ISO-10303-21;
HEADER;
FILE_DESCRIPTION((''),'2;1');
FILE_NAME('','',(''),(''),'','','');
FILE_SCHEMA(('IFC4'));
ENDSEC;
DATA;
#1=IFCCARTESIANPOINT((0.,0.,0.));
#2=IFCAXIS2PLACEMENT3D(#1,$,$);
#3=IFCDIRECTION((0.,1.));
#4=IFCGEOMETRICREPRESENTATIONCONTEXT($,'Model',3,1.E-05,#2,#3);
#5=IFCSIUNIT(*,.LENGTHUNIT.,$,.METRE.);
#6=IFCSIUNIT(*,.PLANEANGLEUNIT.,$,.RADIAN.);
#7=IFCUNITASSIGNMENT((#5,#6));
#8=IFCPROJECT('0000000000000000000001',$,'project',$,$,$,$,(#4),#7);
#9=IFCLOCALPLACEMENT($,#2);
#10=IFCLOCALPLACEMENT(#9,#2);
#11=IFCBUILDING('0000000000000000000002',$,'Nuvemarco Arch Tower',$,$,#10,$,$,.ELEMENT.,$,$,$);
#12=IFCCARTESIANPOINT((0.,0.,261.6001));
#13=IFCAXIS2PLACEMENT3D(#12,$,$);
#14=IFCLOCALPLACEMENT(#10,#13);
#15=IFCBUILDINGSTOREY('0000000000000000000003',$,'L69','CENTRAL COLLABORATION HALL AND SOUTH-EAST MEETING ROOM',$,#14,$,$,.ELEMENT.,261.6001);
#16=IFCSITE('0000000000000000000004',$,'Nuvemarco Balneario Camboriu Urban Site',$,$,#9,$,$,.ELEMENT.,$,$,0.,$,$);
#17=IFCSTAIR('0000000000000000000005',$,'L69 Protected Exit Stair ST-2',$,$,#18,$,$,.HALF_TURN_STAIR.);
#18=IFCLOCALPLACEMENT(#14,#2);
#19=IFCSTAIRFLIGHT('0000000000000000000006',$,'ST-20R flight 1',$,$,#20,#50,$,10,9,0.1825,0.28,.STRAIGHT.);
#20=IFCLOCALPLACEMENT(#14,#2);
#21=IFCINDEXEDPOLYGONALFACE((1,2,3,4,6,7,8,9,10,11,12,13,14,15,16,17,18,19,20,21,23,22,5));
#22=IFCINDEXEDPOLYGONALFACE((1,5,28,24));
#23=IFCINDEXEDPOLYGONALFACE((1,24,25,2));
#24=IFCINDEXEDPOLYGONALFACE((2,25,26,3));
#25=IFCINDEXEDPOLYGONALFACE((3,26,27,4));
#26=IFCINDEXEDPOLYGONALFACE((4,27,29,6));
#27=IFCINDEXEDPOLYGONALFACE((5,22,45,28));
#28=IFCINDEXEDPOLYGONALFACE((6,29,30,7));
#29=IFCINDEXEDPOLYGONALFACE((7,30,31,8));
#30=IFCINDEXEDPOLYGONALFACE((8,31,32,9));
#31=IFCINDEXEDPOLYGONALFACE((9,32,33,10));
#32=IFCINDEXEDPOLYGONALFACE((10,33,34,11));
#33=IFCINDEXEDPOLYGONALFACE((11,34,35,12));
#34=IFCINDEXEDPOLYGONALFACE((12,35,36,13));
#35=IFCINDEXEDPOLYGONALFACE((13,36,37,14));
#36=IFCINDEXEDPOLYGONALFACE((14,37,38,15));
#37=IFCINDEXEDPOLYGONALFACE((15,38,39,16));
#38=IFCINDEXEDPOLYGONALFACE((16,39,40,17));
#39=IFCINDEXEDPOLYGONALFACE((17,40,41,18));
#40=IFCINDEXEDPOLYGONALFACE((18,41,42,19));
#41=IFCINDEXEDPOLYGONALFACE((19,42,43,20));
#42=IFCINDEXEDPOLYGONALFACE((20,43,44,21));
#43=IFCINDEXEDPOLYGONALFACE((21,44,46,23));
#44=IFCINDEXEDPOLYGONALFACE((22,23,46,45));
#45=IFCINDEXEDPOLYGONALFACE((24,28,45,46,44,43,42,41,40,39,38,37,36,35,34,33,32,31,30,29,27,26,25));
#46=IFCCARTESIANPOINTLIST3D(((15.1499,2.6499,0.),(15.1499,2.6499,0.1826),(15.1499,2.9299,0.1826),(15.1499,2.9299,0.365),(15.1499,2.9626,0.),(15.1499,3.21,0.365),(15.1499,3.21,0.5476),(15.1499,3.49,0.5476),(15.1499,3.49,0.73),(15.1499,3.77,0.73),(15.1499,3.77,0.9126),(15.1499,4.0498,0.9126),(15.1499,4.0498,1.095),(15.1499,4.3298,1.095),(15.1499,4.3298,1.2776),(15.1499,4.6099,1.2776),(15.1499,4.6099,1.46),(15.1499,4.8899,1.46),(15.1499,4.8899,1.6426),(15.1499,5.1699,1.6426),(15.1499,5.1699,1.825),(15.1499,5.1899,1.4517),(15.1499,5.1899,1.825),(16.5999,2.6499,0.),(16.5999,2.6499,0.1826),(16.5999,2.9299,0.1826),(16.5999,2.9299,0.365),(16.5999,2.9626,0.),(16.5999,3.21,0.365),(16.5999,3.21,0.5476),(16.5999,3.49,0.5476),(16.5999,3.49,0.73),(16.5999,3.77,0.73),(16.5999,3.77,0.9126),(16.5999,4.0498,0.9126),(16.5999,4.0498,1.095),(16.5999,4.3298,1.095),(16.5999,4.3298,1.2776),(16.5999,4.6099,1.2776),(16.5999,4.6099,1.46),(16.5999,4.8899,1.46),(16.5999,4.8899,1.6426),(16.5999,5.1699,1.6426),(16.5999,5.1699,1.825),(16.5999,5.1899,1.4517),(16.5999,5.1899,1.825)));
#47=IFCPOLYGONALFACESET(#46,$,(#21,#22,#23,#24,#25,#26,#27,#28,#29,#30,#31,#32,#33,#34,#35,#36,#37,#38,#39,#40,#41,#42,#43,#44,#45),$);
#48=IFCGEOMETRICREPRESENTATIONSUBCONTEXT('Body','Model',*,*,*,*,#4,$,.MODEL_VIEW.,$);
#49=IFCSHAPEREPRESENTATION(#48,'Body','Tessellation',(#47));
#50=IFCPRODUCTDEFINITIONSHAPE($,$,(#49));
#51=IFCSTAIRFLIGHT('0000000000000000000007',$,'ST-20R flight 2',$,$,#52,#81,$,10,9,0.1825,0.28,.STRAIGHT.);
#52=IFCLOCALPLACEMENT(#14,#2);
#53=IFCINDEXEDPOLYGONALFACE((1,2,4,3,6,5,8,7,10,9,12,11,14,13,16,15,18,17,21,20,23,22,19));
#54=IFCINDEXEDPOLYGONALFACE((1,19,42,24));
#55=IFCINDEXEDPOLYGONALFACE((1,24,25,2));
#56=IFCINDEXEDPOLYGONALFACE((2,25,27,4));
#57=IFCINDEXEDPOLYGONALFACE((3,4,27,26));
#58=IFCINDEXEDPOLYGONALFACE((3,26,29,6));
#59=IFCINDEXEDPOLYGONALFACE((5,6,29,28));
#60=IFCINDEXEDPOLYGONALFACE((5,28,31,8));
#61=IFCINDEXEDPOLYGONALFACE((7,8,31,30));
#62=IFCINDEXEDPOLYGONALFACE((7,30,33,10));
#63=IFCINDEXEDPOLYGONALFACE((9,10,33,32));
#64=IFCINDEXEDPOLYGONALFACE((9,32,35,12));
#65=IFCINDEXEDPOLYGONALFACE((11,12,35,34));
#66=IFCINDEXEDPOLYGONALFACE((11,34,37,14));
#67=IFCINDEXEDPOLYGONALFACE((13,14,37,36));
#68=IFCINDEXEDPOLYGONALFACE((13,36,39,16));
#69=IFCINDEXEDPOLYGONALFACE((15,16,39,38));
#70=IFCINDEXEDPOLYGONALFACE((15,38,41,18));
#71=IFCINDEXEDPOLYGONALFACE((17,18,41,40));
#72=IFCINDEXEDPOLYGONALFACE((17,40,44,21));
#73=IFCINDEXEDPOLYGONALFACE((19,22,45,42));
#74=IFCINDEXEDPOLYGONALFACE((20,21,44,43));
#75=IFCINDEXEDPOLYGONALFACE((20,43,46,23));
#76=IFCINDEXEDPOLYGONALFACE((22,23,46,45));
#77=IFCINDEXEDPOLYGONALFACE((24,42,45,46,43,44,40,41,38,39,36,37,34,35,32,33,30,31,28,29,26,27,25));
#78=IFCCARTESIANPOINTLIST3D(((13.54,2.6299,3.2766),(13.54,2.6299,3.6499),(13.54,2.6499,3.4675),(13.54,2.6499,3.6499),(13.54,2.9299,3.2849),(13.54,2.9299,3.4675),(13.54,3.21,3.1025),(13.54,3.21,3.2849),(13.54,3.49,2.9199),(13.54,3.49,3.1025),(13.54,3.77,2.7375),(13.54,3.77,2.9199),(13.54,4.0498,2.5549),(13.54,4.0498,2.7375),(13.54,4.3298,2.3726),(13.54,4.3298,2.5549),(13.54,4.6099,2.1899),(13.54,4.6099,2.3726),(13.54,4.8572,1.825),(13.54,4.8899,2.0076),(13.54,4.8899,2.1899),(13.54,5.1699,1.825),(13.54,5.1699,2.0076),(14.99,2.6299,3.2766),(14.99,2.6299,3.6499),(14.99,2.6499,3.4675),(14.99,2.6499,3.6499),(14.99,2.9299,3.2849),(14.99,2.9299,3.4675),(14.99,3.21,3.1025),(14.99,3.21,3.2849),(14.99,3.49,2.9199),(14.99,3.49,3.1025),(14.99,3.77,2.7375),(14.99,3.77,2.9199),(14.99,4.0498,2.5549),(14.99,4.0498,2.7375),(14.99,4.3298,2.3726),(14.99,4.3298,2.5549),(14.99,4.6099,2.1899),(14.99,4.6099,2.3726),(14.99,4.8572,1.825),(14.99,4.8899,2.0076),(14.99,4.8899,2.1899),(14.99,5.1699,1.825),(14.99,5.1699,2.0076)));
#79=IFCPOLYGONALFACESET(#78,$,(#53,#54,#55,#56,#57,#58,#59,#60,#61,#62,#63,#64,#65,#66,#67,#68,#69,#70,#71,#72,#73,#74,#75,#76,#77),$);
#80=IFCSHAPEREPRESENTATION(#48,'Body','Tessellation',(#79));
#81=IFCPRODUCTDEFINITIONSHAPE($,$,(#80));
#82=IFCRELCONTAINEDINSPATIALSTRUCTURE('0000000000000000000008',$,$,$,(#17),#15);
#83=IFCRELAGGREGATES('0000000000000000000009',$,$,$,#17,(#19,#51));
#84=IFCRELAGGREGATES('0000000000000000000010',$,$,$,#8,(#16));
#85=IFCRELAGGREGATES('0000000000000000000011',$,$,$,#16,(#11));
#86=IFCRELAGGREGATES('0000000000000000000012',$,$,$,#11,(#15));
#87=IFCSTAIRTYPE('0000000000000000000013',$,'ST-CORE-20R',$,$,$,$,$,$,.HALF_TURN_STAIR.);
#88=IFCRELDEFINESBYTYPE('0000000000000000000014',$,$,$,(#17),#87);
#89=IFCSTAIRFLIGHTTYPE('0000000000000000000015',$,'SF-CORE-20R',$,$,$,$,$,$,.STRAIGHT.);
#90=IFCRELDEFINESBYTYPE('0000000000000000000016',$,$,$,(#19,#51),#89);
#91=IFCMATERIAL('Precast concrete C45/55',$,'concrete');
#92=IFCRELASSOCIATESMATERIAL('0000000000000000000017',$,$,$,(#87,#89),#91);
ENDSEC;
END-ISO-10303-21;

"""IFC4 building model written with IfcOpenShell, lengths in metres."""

from ifc_helpers import new_model, si_unit, direction, frame, origin, place, context, subcontext, project, spatial, polyline, outline, extrude, material, type_object, element, aggregate, save


model = new_model("IFC4")

# Units and contexts
model_context = context("Model", 3, precision=1e-05, world=origin(), true_north=direction((0.0, 1.0)))
body_context = subcontext(model_context, "Body", "Model", "MODEL_VIEW")
ifc_project = project(units=[si_unit("LENGTHUNIT", "METRE"), si_unit("PLANEANGLEUNIT", "RADIAN")], contexts=[model_context])

# Site, building, storey
site_placement = place(None, origin())
site = spatial("IfcSite", under=ifc_project, at=site_placement, Name="Nuvemarco Balneario Camboriu Urban Site", CompositionType="ELEMENT", RefElevation=0.0)
building_placement = place(site_placement, origin())
building = spatial("IfcBuilding", under=site, at=building_placement, Name="Nuvemarco Arch Tower", CompositionType="ELEMENT")
storey_placement = place(building_placement, frame((0.0, 0.0, 261.6001)))
storey = spatial("IfcBuildingStorey", under=building, at=storey_placement, Name="L69", Description="CENTRAL COLLABORATION HALL AND SOUTH-EAST MEETING ROOM", CompositionType="ELEMENT", Elevation=261.6001)

# Shared definitions
ifc_material_1 = material(Name="Precast concrete C45/55", Category="concrete")

# Stair, stair flights
stair_type = type_object("IfcStairType", Name="ST-CORE-20R", PredefinedType="HALF_TURN_STAIR", material=ifc_material_1)
stair_placement = place(storey_placement, origin())
stair = element("IfcStair", 1, at=stair_placement, inside=storey, type_object=stair_type, Name="L69 Protected Exit Stair ST-2", PredefinedType="HALF_TURN_STAIR")
stair_flight_type = type_object("IfcStairFlightType", Name="SF-CORE-20R", PredefinedType="STRAIGHT", material=ifc_material_1)
stair_flight_1_placement = place(storey_placement, frame((15.875, 2.6499, 0.0), z_axis=(0.0, 0.0, 1.0), x_axis=(0.0, 1.0, 0.0)))
stair_flight_1 = element("IfcStairFlight", 2, at=stair_flight_1_placement, type_object=stair_flight_type, Name="ST-20R flight 1", NumberOfRisers=10, NumberOfTreads=9, PredefinedType="STRAIGHT", RiserHeight=0.1825, TreadLength=0.28, context=body_context, shape_type="SweptSolid", body=[
    extrude(outline(polyline([(0.0, 0.0), (0.0, 0.1826), (0.28, 0.1826), (0.28, 0.365), (0.5601, 0.365), (0.5601, 0.5476), (0.8401, 0.5476), (0.8401, 0.73), (1.1201, 0.73), (1.1201, 0.9126), (1.3999, 0.9126), (1.3999, 1.095), (1.6799, 1.095), (1.6799, 1.2776), (1.96, 1.2776), (1.96, 1.46), (2.24, 1.46), (2.24, 1.6426), (2.52, 1.6426), (2.52, 1.825), (2.54, 1.825), (2.54, 1.4517), (0.3127, 0.0), (0.0, 0.0)])), frame((0.0, 0.7251, 0.0), z_axis=(0.0, -1.0, 0.0), x_axis=(1.0, 0.0, 0.0)), (0.0, 0.0, 1.0), 1.45),
])
stair_flight_2_placement = place(storey_placement, frame((14.2649, 5.1699, 1.825), z_axis=(0.0, 0.0, 1.0), x_axis=(0.0, -1.0, 0.0)))
stair_flight_2 = element("IfcStairFlight", 3, at=stair_flight_2_placement, type_object=stair_flight_type, Name="ST-20R flight 2", NumberOfRisers=10, NumberOfTreads=9, PredefinedType="STRAIGHT", RiserHeight=0.1825, TreadLength=0.28, context=body_context, shape_type="SweptSolid", body=[
    extrude(outline(polyline([(0.0, 0.0), (0.0, 0.1826), (0.28, 0.1826), (0.28, 0.365), (0.5601, 0.365), (0.5601, 0.5476), (0.8401, 0.5476), (0.8401, 0.73), (1.1201, 0.73), (1.1201, 0.9126), (1.3999, 0.9126), (1.3999, 1.095), (1.6799, 1.095), (1.6799, 1.2776), (1.96, 1.2776), (1.96, 1.46), (2.24, 1.46), (2.24, 1.6426), (2.52, 1.6426), (2.52, 1.825), (2.54, 1.825), (2.54, 1.4517), (0.3127, 0.0), (0.0, 0.0)])), frame((0.0, 0.7251, 0.0), z_axis=(0.0, -1.0, 0.0), x_axis=(1.0, 0.0, 0.0)), (0.0, 0.0, 1.0), 1.45),
])
aggregate(stair, [stair_flight_1, stair_flight_2])

save(model, "model.ifc")
